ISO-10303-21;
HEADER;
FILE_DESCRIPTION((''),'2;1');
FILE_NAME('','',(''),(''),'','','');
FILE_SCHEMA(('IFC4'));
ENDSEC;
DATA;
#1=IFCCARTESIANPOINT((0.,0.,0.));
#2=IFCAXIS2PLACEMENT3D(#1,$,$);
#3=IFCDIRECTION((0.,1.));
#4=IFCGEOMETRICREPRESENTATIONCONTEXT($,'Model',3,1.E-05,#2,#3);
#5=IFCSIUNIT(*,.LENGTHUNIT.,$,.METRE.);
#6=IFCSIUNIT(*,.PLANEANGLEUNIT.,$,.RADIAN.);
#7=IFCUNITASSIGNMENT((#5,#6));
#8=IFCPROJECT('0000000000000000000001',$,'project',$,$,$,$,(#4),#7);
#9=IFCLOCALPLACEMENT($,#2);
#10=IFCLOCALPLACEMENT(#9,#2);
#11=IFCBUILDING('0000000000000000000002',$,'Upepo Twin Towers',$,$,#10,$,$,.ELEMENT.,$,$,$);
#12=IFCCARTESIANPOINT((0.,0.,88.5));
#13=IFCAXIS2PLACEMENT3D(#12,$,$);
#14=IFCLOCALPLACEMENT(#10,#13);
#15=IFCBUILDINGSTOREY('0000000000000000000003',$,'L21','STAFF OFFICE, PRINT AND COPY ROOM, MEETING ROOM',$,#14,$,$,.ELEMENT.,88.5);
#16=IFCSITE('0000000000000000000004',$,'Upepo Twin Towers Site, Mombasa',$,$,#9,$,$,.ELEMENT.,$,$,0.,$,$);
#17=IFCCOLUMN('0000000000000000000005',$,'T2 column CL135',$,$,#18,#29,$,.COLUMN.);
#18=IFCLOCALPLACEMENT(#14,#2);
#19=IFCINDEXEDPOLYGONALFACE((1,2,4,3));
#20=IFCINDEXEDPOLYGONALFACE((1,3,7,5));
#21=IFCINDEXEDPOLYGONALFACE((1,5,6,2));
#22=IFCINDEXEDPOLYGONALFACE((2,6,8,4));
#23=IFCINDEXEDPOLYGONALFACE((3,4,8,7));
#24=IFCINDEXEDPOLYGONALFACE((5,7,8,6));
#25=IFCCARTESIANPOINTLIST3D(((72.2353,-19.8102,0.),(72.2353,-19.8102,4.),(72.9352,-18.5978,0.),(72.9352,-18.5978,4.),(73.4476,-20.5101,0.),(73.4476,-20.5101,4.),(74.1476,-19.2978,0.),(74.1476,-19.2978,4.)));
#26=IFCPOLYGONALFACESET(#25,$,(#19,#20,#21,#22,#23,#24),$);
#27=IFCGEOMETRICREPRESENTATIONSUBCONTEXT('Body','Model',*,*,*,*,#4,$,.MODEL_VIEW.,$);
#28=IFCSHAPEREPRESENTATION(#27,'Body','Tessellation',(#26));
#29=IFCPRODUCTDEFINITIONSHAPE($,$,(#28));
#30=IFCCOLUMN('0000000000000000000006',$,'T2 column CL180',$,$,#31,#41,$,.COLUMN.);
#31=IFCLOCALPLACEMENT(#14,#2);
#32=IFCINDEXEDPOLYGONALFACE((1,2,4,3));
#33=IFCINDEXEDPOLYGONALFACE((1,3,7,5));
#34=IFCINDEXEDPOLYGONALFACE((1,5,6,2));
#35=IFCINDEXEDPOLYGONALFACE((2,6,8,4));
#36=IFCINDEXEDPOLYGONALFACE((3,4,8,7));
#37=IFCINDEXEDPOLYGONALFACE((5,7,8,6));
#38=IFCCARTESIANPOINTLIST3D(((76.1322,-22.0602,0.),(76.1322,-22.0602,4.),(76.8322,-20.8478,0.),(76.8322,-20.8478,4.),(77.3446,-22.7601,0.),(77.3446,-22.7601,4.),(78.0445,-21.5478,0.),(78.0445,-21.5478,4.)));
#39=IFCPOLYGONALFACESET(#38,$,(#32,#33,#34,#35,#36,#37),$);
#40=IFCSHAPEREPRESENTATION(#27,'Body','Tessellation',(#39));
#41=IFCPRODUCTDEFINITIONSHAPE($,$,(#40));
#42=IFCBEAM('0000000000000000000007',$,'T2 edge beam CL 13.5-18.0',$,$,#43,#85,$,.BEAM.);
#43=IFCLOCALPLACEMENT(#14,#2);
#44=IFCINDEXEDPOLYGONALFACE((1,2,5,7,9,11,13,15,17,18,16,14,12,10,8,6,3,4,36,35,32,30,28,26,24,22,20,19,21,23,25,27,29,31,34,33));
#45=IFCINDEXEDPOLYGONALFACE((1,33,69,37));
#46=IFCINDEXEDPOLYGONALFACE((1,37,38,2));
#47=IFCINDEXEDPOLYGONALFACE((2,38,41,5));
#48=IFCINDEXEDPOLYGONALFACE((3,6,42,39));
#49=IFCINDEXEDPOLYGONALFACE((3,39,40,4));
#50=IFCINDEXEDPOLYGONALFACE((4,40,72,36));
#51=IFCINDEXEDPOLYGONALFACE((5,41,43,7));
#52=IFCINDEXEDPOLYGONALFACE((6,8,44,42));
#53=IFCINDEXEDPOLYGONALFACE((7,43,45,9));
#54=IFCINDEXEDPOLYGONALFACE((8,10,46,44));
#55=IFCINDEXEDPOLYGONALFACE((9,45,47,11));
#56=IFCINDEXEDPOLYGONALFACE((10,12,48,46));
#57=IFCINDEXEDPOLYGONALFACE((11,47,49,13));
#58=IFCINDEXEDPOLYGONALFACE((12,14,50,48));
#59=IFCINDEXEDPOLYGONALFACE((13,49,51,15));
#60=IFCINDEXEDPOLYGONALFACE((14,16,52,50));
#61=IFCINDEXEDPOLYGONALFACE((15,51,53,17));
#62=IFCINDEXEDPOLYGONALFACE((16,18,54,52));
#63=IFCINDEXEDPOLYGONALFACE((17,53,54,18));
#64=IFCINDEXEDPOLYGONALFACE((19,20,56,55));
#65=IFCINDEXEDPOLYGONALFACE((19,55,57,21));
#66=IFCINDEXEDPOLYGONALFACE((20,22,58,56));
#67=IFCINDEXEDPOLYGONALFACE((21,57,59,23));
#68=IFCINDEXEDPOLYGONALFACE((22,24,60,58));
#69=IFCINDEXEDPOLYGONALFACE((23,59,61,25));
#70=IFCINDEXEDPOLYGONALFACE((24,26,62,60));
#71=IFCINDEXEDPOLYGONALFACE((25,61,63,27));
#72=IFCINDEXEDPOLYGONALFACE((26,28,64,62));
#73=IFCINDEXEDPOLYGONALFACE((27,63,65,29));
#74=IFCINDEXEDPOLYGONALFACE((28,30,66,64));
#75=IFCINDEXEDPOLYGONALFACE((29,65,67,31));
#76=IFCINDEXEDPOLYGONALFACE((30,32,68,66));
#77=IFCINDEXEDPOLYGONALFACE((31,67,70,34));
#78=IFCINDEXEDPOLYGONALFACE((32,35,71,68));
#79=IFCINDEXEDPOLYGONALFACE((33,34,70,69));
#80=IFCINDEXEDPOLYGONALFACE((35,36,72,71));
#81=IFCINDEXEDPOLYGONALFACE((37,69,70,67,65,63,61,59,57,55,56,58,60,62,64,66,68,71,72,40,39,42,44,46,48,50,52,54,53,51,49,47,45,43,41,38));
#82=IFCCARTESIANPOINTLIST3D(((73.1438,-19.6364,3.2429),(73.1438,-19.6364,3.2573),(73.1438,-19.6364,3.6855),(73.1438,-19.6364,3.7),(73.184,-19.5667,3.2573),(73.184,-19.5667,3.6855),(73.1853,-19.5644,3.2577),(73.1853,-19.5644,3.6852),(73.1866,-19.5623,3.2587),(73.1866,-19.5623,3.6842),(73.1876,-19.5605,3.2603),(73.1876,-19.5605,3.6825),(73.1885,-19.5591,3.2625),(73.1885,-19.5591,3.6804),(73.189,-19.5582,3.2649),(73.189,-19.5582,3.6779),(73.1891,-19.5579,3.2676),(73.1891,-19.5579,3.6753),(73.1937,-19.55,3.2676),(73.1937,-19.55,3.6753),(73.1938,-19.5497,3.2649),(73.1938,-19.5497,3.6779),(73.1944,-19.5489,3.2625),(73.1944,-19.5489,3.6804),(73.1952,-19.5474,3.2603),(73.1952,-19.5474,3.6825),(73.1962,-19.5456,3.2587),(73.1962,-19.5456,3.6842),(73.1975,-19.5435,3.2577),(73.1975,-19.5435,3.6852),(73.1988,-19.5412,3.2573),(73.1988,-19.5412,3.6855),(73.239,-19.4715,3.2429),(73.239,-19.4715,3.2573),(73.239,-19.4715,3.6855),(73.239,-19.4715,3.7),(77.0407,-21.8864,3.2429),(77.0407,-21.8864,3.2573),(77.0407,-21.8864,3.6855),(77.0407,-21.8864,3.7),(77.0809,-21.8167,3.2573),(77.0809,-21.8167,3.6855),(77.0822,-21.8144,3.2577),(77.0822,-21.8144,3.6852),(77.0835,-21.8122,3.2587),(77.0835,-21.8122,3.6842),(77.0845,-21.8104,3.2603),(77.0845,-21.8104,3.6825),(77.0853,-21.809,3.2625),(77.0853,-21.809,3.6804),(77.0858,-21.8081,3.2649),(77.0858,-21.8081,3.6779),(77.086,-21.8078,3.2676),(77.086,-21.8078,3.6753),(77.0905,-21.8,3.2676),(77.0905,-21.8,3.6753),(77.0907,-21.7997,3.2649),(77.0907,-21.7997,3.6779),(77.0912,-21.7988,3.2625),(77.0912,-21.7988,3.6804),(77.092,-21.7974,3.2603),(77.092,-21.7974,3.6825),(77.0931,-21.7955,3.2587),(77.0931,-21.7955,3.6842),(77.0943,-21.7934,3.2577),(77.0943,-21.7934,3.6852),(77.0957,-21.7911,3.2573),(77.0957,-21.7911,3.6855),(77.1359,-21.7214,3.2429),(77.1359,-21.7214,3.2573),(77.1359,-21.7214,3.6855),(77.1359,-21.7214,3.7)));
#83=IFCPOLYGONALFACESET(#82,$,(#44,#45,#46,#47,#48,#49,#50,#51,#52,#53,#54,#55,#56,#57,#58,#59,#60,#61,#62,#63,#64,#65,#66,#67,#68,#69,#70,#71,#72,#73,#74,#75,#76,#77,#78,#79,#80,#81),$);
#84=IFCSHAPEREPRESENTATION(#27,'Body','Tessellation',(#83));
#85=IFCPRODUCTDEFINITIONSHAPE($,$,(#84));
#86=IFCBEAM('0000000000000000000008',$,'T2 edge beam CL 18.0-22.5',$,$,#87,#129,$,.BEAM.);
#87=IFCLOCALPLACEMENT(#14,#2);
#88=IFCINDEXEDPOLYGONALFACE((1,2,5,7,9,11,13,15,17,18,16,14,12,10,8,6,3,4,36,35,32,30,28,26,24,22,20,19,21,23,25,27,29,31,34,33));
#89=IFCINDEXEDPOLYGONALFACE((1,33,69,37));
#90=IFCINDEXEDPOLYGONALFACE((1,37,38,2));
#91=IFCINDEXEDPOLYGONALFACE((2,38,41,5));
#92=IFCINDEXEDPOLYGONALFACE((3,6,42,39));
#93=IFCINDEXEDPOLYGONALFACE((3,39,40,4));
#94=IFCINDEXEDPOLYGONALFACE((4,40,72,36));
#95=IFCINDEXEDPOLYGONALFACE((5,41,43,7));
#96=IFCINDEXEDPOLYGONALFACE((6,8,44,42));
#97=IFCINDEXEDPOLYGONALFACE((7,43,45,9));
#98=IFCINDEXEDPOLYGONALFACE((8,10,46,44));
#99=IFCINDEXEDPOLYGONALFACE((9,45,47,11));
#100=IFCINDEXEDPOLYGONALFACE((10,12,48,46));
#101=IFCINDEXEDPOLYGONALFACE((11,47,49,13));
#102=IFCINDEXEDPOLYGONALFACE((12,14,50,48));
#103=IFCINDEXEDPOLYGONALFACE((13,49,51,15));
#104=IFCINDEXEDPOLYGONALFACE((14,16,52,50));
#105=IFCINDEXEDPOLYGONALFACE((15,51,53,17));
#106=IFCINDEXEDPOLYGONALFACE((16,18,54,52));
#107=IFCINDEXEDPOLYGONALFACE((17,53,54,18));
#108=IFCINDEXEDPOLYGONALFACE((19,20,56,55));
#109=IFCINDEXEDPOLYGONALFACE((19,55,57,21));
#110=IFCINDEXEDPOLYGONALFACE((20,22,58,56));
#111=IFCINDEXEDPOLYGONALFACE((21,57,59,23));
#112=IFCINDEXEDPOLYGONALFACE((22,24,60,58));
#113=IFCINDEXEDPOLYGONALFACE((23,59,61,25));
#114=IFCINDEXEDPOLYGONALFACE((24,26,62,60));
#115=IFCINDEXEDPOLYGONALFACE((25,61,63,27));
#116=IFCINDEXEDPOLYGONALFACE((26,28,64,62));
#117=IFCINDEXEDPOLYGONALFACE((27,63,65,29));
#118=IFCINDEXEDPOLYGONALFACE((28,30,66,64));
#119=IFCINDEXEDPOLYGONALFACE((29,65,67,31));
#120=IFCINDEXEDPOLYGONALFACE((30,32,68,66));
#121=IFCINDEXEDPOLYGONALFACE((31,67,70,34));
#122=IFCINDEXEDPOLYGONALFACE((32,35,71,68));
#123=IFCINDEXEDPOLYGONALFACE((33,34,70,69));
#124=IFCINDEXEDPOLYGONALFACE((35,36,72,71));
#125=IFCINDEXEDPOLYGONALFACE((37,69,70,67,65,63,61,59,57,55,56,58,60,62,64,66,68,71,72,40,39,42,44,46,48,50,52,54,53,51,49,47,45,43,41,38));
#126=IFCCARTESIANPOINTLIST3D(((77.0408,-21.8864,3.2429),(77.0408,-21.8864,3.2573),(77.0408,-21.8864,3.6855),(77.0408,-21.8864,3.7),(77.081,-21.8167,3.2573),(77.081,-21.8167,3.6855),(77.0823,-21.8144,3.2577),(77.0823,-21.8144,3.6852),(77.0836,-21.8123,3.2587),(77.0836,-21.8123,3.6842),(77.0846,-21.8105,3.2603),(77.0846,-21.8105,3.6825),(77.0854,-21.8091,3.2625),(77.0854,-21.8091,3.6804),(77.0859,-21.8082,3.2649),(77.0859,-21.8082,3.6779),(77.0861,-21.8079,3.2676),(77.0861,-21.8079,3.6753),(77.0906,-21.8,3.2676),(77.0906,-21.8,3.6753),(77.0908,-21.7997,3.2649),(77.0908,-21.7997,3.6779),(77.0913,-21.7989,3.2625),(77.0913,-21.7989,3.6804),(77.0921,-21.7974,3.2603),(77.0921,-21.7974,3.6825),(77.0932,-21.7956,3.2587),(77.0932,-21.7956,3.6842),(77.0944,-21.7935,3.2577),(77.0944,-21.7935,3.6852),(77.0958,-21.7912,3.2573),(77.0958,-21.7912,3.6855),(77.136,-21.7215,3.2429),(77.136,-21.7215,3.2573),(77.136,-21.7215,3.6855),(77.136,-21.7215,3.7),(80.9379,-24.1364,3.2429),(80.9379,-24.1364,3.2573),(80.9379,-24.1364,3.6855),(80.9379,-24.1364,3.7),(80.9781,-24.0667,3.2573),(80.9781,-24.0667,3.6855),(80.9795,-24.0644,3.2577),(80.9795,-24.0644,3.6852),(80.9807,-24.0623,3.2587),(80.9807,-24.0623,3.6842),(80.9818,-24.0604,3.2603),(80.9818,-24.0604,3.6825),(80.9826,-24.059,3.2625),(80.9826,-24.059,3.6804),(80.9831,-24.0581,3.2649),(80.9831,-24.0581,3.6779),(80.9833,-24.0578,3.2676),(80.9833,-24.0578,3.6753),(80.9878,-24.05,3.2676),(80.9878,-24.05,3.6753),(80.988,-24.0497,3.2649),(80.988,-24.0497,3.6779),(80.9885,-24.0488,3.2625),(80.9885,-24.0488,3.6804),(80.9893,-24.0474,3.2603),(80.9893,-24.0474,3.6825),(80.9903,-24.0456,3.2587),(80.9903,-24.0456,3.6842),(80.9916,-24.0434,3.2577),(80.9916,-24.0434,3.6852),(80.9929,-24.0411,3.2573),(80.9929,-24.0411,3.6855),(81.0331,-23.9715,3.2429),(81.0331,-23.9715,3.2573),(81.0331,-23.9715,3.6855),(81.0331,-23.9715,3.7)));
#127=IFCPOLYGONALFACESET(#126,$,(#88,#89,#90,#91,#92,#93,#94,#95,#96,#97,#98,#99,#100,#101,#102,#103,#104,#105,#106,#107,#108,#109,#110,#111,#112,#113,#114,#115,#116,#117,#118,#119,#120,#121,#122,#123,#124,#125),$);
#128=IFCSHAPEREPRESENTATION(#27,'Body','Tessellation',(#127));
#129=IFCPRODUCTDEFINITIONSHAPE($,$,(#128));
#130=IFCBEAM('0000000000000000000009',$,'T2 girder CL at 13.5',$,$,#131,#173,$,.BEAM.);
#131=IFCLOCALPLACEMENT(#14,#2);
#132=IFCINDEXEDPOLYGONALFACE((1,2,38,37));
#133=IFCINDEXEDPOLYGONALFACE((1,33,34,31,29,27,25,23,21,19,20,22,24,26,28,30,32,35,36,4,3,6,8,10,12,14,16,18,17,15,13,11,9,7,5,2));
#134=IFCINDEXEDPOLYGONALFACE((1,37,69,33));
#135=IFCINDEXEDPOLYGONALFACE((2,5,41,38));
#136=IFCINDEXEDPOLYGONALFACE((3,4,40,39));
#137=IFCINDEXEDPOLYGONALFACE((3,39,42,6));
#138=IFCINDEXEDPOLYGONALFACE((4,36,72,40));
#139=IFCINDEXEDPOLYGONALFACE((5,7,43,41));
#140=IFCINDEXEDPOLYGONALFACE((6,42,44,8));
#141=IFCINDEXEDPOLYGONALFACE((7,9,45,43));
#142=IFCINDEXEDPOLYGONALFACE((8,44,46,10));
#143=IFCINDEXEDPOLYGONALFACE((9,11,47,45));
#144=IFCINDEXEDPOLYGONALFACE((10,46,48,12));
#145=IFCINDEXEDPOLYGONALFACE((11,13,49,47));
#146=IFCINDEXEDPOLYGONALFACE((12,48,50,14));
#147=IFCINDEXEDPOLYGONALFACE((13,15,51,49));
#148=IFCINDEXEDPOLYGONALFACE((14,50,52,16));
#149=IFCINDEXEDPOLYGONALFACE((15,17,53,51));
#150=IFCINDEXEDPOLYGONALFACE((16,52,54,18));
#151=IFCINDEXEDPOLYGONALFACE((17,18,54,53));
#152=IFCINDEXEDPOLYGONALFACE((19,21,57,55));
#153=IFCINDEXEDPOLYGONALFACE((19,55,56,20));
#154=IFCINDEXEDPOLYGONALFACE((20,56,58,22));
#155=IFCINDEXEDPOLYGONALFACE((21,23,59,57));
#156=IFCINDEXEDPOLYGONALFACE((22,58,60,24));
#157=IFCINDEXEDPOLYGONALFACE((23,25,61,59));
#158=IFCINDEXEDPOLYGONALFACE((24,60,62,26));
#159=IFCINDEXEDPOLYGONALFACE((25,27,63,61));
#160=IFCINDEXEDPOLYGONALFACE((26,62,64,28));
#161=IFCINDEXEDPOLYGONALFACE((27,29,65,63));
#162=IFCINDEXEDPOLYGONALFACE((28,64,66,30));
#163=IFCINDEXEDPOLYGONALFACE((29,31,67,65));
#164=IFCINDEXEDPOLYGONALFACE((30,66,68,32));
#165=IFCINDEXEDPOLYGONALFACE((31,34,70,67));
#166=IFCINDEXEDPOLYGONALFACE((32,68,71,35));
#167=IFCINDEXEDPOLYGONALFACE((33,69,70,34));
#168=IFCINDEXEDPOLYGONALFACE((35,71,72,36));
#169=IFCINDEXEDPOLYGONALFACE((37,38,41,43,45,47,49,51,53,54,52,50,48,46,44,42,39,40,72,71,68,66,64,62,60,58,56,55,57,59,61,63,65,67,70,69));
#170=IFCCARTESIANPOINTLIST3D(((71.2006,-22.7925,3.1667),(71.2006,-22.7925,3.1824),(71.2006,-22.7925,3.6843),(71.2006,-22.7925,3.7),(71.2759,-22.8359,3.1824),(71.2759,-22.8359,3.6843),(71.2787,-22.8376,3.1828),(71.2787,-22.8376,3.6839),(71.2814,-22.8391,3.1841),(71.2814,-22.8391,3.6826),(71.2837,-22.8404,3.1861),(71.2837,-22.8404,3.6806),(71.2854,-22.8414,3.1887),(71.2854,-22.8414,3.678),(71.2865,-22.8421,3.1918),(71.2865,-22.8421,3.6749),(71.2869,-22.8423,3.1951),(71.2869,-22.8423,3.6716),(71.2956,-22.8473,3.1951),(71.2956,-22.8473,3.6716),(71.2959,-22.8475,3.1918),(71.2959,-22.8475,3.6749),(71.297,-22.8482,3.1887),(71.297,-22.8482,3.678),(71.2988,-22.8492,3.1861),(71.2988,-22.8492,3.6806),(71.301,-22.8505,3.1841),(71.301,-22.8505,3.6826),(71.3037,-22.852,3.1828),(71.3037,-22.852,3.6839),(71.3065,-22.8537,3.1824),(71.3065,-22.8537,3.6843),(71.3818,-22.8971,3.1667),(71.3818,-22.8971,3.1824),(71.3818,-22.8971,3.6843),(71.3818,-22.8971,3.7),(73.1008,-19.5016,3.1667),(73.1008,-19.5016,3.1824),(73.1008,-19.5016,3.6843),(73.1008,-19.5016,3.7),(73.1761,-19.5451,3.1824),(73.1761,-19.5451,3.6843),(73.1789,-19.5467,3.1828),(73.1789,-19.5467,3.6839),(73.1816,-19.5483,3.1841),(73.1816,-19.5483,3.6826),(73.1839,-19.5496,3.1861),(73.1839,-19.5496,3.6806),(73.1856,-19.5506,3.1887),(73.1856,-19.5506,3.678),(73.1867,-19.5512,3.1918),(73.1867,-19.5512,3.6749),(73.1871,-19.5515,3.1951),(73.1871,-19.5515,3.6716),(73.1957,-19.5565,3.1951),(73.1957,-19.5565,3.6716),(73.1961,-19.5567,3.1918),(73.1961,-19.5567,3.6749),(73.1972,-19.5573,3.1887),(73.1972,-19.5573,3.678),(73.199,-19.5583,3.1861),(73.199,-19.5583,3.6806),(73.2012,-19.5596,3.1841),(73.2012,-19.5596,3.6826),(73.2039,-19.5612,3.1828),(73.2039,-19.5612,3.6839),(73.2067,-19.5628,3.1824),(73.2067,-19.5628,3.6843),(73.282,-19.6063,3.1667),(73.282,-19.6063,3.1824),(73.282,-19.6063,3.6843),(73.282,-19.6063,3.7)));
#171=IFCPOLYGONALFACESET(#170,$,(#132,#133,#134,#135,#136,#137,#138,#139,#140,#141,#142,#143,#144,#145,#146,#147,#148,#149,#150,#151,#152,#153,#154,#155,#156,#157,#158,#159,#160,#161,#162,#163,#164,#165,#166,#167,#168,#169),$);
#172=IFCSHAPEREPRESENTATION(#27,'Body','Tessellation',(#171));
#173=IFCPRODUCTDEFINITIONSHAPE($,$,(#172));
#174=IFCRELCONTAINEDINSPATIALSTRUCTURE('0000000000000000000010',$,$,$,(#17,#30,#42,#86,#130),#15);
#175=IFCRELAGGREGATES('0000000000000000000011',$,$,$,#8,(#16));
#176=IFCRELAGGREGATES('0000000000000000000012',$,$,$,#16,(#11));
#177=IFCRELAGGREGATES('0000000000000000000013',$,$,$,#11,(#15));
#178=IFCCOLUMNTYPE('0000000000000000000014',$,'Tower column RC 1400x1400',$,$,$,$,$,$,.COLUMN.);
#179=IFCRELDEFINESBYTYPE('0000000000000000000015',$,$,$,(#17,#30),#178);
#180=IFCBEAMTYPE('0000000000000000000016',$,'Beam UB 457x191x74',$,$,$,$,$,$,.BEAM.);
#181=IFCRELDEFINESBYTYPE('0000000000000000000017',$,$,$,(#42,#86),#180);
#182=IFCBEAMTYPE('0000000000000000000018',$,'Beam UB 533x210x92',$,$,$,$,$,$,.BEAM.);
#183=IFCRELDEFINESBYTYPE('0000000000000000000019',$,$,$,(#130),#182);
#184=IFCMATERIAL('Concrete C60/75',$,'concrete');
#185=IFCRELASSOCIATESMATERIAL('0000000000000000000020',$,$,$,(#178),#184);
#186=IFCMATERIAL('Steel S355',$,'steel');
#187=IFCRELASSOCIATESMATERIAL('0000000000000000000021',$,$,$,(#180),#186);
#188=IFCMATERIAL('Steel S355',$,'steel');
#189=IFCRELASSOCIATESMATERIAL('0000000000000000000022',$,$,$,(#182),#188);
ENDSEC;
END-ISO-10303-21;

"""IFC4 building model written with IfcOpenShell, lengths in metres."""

from ifc_helpers import new_model, si_unit, direction, frame, origin, origin_2d, place, context, subcontext, project, spatial, rectangle, i_section, extrude, material, material_profile, profile_set, type_object, element, save


model = new_model("IFC4")

# Units and contexts
model_context = context("Model", 3, precision=1e-05, world=origin(), true_north=direction((0.0, 1.0)))
body_context = subcontext(model_context, "Body", "Model", "MODEL_VIEW")
ifc_project = project(units=[si_unit("LENGTHUNIT", "METRE"), si_unit("PLANEANGLEUNIT", "RADIAN")], contexts=[model_context])

# Site, building, storey
site_placement = place(None, origin())
site = spatial("IfcSite", under=ifc_project, at=site_placement, Name="Upepo Twin Towers Site, Mombasa", CompositionType="ELEMENT", RefElevation=0.0)
building_placement = place(site_placement, origin())
building = spatial("IfcBuilding", under=site, at=building_placement, Name="Upepo Twin Towers", CompositionType="ELEMENT")
storey_placement = place(building_placement, frame((0.0, 0.0, 88.5)))
storey = spatial("IfcBuildingStorey", under=building, at=storey_placement, Name="L21", Description="STAFF OFFICE, PRINT AND COPY ROOM, MEETING ROOM", CompositionType="ELEMENT", Elevation=88.5)

# Columns
ifc_material_1 = material(Name="Concrete C60/75", Category="concrete")
ifc_material_profile_1 = material_profile(ifc_material_1, rectangle(XDim=1.3999, YDim=1.3999, at=origin_2d()), Name="RC 1400x1400")
ifc_profile_set_1 = profile_set([ifc_material_profile_1], Name="Concrete C60/75")
column_type = type_object("IfcColumnType", Name="Tower column RC 1400x1400", PredefinedType="COLUMN", material=ifc_profile_set_1)
for number, where, z_axis, x_axis, name in (
    (1, (73.1914, -19.554, 0.0), (0.0, 0.0, 1.0), (0.5, 0.866025, 0.0), "T2 column CL135"),
    (2, (77.0884, -21.804, 0.0), (0.0, 0.0, 1.0), (0.5, 0.866025, 0.0), "T2 column CL180"),
):
    element("IfcColumn", number, at=place(storey_placement, frame(where, z_axis=z_axis, x_axis=x_axis)), inside=storey, type_object=column_type, Name=name, PredefinedType="COLUMN", context=body_context, shape_type="SweptSolid", body=[
        extrude(rectangle(XDim=1.3999, YDim=1.3999, at=origin_2d()), origin(), (0.0, 0.0, 1.0), 4.0),
    ])

# Beams
ifc_material_2 = material(Name="Steel S355", Category="steel")
ifc_material_profile_2 = material_profile(ifc_material_2, i_section(OverallWidth=0.1904, OverallDepth=0.457, WebThickness=0.009, FlangeThickness=0.0144, FilletRadius=0.0103, at=origin_2d()), Name="UB 457x191x74")
ifc_profile_set_2 = profile_set([ifc_material_profile_2], Name="Steel S355")
beam_type_1 = type_object("IfcBeamType", Name="Beam UB 457x191x74", PredefinedType="BEAM", material=ifc_profile_set_2)
beam_1_placement = place(storey_placement, frame((73.1914, -19.554, 3.4714), z_axis=(0.866018, -0.500014, 0.0), x_axis=(0.500014, 0.866018, 0.0)))
element("IfcBeam", 3, at=beam_1_placement, inside=storey, type_object=beam_type_1, Name="T2 edge beam CL 13.5-18.0", PredefinedType="BEAM", context=body_context, shape_type="SweptSolid", body=[
    extrude(i_section(OverallWidth=0.1904, OverallDepth=0.457, WebThickness=0.009, FlangeThickness=0.0144, FilletRadius=0.0103, at=origin_2d()), origin(), (0.0, 0.0, 1.0), 4.4998),
])
beam_2_placement = place(storey_placement, frame((77.0884, -21.804, 3.4714), z_axis=(0.866031, -0.49999, 0.0), x_axis=(0.49999, 0.866031, 0.0)))
element("IfcBeam", 4, at=beam_2_placement, inside=storey, type_object=beam_type_1, Name="T2 edge beam CL 18.0-22.5", PredefinedType="BEAM", context=body_context, shape_type="SweptSolid", body=[
    extrude(i_section(OverallWidth=0.1904, OverallDepth=0.457, WebThickness=0.009, FlangeThickness=0.0144, FilletRadius=0.0103, at=origin_2d()), origin(), (0.0, 0.0, 1.0), 4.5),
])
ifc_material_3 = material(Name="Steel S355", Category="steel")
ifc_material_profile_3 = material_profile(ifc_material_3, i_section(OverallWidth=0.2092, OverallDepth=0.5332, WebThickness=0.01, FlangeThickness=0.0156, FilletRadius=0.0127, at=origin_2d()), Name="UB 533x210x92")
ifc_profile_set_3 = profile_set([ifc_material_profile_3], Name="Steel S355")
beam_type_2 = type_object("IfcBeamType", Name="Beam UB 533x210x92", PredefinedType="BEAM", material=ifc_profile_set_3)
beam_3_placement = place(storey_placement, frame((73.1914, -19.554, 3.4333), z_axis=(-0.500043, -0.866, 0.0), x_axis=(0.866, -0.500043, 0.0)))
element("IfcBeam", 5, at=beam_3_placement, inside=storey, type_object=beam_type_2, Name="T2 girder CL at 13.5", PredefinedType="BEAM", context=body_context, shape_type="SweptSolid", body=[
    extrude(i_section(OverallWidth=0.2092, OverallDepth=0.5332, WebThickness=0.01, FlangeThickness=0.0156, FilletRadius=0.0127, at=origin_2d()), origin(), (0.0, 0.0, 1.0), 3.8),
])

save(model, "model.ifc")
